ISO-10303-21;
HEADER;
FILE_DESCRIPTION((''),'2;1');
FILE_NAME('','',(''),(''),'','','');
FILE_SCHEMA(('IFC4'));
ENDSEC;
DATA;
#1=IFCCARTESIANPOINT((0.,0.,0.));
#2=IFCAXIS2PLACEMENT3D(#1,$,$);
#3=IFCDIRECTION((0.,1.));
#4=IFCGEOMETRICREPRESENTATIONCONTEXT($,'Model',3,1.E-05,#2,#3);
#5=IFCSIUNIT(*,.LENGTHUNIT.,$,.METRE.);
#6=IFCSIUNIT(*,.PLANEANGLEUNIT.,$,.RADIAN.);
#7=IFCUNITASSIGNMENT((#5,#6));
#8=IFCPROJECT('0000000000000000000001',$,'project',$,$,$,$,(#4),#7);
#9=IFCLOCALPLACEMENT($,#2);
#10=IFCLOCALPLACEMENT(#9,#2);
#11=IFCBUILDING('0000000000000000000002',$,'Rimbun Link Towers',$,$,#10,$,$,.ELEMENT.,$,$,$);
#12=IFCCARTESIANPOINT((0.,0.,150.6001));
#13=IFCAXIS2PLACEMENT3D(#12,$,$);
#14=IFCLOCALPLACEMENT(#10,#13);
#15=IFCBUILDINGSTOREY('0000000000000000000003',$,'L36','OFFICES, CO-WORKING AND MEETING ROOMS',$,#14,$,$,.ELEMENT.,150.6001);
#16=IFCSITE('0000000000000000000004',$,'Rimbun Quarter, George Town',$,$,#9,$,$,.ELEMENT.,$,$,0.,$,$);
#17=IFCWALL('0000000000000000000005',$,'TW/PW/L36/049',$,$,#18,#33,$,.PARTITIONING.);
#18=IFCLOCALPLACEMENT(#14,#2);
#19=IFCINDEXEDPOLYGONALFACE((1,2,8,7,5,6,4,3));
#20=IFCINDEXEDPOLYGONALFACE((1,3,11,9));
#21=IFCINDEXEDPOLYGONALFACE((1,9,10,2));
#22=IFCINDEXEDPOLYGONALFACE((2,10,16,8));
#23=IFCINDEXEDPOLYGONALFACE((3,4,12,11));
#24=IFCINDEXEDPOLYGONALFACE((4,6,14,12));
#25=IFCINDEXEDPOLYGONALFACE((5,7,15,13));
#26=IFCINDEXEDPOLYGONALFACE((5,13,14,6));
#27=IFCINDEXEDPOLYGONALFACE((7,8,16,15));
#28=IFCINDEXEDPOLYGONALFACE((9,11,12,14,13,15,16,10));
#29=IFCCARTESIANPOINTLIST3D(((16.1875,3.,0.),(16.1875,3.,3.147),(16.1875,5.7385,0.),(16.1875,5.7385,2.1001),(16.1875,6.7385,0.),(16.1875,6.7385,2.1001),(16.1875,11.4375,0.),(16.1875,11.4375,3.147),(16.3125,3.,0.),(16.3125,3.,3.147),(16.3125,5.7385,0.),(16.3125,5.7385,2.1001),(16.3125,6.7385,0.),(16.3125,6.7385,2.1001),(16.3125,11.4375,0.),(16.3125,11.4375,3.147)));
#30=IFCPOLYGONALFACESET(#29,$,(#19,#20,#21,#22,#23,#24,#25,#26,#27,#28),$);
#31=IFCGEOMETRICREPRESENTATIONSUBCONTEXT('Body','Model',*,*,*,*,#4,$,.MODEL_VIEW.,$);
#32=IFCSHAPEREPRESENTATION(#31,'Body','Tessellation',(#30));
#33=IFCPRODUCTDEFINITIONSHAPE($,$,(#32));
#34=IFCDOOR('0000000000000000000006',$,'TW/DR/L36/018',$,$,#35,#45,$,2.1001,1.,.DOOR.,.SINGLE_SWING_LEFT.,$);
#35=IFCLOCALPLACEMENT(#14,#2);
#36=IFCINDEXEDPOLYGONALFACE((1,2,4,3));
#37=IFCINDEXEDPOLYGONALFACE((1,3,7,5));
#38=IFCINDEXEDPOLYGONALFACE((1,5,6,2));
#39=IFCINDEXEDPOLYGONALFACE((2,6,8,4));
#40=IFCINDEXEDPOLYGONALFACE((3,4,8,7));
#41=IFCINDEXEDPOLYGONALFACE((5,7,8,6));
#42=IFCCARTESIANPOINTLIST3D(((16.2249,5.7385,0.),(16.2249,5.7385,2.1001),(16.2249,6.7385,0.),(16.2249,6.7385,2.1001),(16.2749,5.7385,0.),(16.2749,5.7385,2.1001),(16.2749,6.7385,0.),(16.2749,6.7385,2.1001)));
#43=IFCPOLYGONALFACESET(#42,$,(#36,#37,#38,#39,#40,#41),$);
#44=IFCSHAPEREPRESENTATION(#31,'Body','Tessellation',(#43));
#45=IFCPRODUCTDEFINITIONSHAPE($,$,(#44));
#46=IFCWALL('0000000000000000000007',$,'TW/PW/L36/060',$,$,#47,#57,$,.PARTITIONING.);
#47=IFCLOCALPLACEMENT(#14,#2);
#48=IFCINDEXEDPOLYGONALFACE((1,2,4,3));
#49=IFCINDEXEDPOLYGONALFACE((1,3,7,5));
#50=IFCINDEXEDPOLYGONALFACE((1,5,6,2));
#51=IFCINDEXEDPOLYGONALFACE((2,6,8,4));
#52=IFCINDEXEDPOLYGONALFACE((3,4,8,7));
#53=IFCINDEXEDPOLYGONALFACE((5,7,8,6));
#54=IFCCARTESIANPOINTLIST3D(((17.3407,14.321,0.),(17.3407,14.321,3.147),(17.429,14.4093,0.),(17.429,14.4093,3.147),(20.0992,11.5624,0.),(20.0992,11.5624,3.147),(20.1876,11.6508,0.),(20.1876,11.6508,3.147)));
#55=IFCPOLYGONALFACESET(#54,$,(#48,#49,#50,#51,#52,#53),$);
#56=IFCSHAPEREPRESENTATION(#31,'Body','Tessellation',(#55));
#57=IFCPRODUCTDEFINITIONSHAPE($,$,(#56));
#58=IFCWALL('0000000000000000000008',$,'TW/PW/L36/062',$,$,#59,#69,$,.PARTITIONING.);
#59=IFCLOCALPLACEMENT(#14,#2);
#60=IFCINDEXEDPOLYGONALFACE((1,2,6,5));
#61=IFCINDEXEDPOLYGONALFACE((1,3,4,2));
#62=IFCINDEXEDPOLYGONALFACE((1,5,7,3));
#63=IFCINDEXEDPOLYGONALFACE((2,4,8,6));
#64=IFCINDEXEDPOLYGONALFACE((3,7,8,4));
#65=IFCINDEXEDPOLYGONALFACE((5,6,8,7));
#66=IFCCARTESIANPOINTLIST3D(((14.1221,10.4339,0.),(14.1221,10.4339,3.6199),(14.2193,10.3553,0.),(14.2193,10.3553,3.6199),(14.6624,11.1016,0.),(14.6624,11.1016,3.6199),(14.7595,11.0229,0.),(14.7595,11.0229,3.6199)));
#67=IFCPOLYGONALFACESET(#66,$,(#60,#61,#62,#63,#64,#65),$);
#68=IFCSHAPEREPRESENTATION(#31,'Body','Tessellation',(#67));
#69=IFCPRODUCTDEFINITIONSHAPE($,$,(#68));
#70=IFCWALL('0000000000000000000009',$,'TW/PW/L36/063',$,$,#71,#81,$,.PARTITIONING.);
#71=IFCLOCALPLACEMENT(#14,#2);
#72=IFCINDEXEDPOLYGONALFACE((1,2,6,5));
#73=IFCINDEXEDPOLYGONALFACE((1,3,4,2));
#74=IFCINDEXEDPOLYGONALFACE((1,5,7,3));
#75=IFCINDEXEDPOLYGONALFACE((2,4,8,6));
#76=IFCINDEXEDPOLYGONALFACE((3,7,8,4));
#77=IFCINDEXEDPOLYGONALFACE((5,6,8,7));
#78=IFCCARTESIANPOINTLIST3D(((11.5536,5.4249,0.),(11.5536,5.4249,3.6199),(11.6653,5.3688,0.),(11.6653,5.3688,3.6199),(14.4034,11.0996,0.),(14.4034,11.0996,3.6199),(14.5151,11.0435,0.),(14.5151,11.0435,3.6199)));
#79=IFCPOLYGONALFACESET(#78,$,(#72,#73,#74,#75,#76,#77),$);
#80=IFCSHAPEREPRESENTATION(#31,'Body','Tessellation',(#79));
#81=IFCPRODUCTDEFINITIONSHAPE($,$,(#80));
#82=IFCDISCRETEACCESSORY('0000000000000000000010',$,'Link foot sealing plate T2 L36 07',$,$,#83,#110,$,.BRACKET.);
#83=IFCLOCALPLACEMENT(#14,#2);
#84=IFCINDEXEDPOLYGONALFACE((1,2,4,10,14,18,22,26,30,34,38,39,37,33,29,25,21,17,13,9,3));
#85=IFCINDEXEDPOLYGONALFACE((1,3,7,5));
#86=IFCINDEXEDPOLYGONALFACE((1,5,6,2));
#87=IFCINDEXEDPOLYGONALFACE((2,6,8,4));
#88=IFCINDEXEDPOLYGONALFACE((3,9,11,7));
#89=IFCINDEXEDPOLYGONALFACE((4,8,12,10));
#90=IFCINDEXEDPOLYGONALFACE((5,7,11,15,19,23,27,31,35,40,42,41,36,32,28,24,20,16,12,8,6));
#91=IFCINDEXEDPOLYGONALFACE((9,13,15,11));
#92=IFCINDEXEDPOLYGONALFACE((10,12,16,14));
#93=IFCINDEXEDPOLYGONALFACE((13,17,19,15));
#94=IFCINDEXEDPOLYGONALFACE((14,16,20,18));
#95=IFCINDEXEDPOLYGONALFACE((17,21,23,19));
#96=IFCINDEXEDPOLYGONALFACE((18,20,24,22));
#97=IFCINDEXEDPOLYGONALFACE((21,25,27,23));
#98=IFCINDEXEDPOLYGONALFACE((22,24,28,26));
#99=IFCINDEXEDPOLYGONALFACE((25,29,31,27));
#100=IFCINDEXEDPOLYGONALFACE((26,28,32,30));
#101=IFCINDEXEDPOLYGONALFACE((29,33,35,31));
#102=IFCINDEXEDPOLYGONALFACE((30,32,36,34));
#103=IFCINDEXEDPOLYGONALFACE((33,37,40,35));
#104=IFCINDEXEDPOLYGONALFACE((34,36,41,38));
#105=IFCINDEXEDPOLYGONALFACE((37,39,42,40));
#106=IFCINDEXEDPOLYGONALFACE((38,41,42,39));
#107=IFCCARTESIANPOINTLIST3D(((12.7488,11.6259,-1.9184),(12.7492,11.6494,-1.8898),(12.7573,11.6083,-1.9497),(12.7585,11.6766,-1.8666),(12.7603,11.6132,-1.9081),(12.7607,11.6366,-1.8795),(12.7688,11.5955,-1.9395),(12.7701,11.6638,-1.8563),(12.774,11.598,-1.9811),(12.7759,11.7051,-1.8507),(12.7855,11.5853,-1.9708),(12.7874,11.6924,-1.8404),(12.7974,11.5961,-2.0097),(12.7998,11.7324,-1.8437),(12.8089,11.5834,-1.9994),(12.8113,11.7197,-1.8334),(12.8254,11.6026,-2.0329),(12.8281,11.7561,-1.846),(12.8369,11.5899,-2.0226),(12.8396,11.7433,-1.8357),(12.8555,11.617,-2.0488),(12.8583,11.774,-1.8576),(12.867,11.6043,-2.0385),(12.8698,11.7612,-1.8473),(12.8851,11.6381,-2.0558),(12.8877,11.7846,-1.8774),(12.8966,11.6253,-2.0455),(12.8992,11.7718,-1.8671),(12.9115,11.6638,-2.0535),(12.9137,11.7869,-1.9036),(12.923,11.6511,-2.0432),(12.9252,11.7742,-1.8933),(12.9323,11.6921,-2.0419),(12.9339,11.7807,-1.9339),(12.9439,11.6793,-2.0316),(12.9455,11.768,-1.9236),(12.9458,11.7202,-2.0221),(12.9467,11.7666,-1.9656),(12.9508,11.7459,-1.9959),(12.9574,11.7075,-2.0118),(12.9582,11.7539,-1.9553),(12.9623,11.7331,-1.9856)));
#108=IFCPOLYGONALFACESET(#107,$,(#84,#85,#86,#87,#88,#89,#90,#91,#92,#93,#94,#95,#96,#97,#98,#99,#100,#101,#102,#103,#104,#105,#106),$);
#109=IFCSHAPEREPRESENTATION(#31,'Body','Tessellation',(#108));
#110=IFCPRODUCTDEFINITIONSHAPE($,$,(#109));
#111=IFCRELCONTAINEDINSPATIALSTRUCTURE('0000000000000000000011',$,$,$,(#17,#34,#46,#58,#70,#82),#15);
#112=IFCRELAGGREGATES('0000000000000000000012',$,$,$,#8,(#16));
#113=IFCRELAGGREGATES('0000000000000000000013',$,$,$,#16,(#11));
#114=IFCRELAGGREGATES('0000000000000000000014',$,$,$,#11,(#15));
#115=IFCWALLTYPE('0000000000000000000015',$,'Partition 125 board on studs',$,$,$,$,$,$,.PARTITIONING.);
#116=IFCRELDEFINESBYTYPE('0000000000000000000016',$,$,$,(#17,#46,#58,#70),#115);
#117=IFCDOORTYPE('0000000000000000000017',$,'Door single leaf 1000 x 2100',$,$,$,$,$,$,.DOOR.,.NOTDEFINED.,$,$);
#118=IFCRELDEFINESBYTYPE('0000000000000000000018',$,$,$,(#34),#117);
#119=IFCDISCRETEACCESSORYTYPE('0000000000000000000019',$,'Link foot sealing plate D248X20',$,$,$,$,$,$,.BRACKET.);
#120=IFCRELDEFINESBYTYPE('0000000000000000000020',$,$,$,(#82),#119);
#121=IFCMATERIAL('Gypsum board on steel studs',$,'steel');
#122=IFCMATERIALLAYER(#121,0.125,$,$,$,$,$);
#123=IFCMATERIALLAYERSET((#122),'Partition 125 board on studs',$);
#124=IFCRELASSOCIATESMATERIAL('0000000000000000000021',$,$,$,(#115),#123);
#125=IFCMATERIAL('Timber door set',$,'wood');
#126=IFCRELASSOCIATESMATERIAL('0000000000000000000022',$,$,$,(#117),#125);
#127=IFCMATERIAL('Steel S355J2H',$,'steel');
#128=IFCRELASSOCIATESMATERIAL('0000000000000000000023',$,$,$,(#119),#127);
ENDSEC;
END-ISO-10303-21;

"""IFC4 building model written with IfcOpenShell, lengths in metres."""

from ifc_helpers import new_model, si_unit, direction, frame, frame_2d, origin, origin_2d, place, context, subcontext, project, spatial, rectangle, circle, extrude, material, layer, layer_set, material_profile, profile_set, type_object, element, fill, save


model = new_model("IFC4")

# Units and contexts
model_context = context("Model", 3, precision=1e-05, world=origin(), true_north=direction((0.0, 1.0)))
body_context = subcontext(model_context, "Body", "Model", "MODEL_VIEW")
ifc_project = project(units=[si_unit("LENGTHUNIT", "METRE"), si_unit("PLANEANGLEUNIT", "RADIAN")], contexts=[model_context])

# Site, building, storey
site_placement = place(None, origin())
site = spatial("IfcSite", under=ifc_project, at=site_placement, Name="Rimbun Quarter, George Town", CompositionType="ELEMENT", RefElevation=0.0)
building_placement = place(site_placement, origin())
building = spatial("IfcBuilding", under=site, at=building_placement, Name="Rimbun Link Towers", CompositionType="ELEMENT")
storey_placement = place(building_placement, frame((0.0, 0.0, 150.6001)))
storey = spatial("IfcBuildingStorey", under=building, at=storey_placement, Name="L36", Description="OFFICES, CO-WORKING AND MEETING ROOMS", CompositionType="ELEMENT", Elevation=150.6001)

# Wall, opening, door
ifc_material_1 = material(Name="Gypsum board on steel studs", Category="steel")
ifc_layer_1 = layer(ifc_material_1, 0.125)
ifc_layer_set_1 = layer_set([ifc_layer_1], Name="Partition 125 board on studs")
wall_type = type_object("IfcWallType", Name="Partition 125 board on studs", PredefinedType="PARTITIONING", material=ifc_layer_set_1)
wall_1_placement = place(storey_placement, frame((16.25, 11.4375, 0.0), z_axis=(0.0, 0.0, 1.0), x_axis=(0.0, -1.0, 0.0)))
wall_1 = element("IfcWall", 1, at=wall_1_placement, inside=storey, type_object=wall_type, Name="TW/PW/L36/049", PredefinedType="PARTITIONING", context=body_context, shape_type="SweptSolid", body=[
    extrude(rectangle(XDim=8.4375, YDim=0.125, at=frame_2d((4.2188, 0.0))), origin(), (0.0, 0.0, 1.0), 3.147),
])
opening_placement = place(wall_1_placement, frame((4.699, 0.0, 0.0)))
opening = element("IfcOpeningElement", 2, at=opening_placement, cuts=wall_1, PredefinedType="OPENING", context=body_context, shape_type="SweptSolid", body=[
    extrude(rectangle(XDim=1.0, YDim=2.1001, at=frame_2d((0.5, 1.05))), frame((0.0, 0.0725, 0.0), z_axis=(0.0, -1.0, 0.0), x_axis=(1.0, 0.0, 0.0)), (0.0, 0.0, 1.0), 0.145),
])
ifc_material_2 = material(Name="Timber door set", Category="wood")
door_type = type_object("IfcDoorType", Name="Door single leaf 1000 x 2100", OperationType="NOTDEFINED", PredefinedType="DOOR", material=ifc_material_2)
door_placement = place(opening_placement, origin())
door = element("IfcDoor", 3, at=door_placement, inside=storey, type_object=door_type, Name="TW/DR/L36/018", OperationType="SINGLE_SWING_LEFT", OverallHeight=2.1001, OverallWidth=1.0, PredefinedType="DOOR", context=body_context, shape_type="SweptSolid", body=[
    extrude(rectangle(XDim=1.0, YDim=2.1001, at=frame_2d((0.5, 1.05))), frame((0.0, 0.0249, 0.0), z_axis=(0.0, -1.0, 0.0), x_axis=(1.0, 0.0, 0.0)), (0.0, 0.0, 1.0), 0.05),
])
fill(opening, door)

# Walls
wall_2_placement = place(storey_placement, frame((17.3848, 14.3652, 0.0), z_axis=(0.0, 0.0, 1.0), x_axis=(0.707107, -0.707107, 0.0)))
element("IfcWall", 4, at=wall_2_placement, inside=storey, type_object=wall_type, Name="TW/PW/L36/060", PredefinedType="PARTITIONING", context=body_context, shape_type="SweptSolid", body=[
    extrude(rectangle(XDim=3.9011, YDim=0.125, at=frame_2d((1.9507, 0.0))), origin(), (0.0, 0.0, 1.0), 3.147),
])
wall_3_placement = place(storey_placement, frame((14.7109, 11.0623, 0.0), z_axis=(0.0, 0.0, 1.0), x_axis=(-0.629018, -0.77739, 0.0)))
element("IfcWall", 5, at=wall_3_placement, inside=storey, type_object=wall_type, Name="TW/PW/L36/062", PredefinedType="PARTITIONING", context=body_context, shape_type="SweptSolid", body=[
    extrude(rectangle(XDim=0.8589, YDim=0.125, at=frame_2d((0.4294, 0.0))), origin(), (0.0, 0.0, 1.0), 3.6199),
])
wall_4_placement = place(storey_placement, frame((14.4592, 11.0715, 0.0), z_axis=(0.0, 0.0, 1.0), x_axis=(-0.448782, -0.893642, 0.0)))
element("IfcWall", 6, at=wall_4_placement, inside=storey, type_object=wall_type, Name="TW/PW/L36/063", PredefinedType="PARTITIONING", context=body_context, shape_type="SweptSolid", body=[
    extrude(rectangle(XDim=6.3501, YDim=0.125, at=frame_2d((3.175, 0.0))), origin(), (0.0, 0.0, 1.0), 3.6199),
])

# Discrete accessory
ifc_material_3 = material(Name="Steel S355J2H", Category="steel")
ifc_material_profile_1 = material_profile(ifc_material_3, circle(Radius=0.124, at=origin_2d()), Name="PL D248")
ifc_profile_set_1 = profile_set([ifc_material_profile_1], Name="Steel S355J2H")
discrete_accessory_type = type_object("IfcDiscreteAccessoryType", Name="Link foot sealing plate D248X20", PredefinedType="BRACKET", material=ifc_profile_set_1)
discrete_accessory_placement = place(storey_placement, frame((12.8608, 11.6787, -1.9395), z_axis=(-0.575184, 0.636374, -0.513995), x_axis=(-0.741874, -0.67054, 0.0)))
element("IfcDiscreteAccessory", 7, at=discrete_accessory_placement, inside=storey, type_object=discrete_accessory_type, Name="Link foot sealing plate T2 L36 07", PredefinedType="BRACKET", context=body_context, shape_type="SweptSolid", body=[
    extrude(circle(Radius=0.124, at=origin_2d()), origin(), (0.0, 0.0, 1.0), 0.02),
])

save(model, "model.ifc")
